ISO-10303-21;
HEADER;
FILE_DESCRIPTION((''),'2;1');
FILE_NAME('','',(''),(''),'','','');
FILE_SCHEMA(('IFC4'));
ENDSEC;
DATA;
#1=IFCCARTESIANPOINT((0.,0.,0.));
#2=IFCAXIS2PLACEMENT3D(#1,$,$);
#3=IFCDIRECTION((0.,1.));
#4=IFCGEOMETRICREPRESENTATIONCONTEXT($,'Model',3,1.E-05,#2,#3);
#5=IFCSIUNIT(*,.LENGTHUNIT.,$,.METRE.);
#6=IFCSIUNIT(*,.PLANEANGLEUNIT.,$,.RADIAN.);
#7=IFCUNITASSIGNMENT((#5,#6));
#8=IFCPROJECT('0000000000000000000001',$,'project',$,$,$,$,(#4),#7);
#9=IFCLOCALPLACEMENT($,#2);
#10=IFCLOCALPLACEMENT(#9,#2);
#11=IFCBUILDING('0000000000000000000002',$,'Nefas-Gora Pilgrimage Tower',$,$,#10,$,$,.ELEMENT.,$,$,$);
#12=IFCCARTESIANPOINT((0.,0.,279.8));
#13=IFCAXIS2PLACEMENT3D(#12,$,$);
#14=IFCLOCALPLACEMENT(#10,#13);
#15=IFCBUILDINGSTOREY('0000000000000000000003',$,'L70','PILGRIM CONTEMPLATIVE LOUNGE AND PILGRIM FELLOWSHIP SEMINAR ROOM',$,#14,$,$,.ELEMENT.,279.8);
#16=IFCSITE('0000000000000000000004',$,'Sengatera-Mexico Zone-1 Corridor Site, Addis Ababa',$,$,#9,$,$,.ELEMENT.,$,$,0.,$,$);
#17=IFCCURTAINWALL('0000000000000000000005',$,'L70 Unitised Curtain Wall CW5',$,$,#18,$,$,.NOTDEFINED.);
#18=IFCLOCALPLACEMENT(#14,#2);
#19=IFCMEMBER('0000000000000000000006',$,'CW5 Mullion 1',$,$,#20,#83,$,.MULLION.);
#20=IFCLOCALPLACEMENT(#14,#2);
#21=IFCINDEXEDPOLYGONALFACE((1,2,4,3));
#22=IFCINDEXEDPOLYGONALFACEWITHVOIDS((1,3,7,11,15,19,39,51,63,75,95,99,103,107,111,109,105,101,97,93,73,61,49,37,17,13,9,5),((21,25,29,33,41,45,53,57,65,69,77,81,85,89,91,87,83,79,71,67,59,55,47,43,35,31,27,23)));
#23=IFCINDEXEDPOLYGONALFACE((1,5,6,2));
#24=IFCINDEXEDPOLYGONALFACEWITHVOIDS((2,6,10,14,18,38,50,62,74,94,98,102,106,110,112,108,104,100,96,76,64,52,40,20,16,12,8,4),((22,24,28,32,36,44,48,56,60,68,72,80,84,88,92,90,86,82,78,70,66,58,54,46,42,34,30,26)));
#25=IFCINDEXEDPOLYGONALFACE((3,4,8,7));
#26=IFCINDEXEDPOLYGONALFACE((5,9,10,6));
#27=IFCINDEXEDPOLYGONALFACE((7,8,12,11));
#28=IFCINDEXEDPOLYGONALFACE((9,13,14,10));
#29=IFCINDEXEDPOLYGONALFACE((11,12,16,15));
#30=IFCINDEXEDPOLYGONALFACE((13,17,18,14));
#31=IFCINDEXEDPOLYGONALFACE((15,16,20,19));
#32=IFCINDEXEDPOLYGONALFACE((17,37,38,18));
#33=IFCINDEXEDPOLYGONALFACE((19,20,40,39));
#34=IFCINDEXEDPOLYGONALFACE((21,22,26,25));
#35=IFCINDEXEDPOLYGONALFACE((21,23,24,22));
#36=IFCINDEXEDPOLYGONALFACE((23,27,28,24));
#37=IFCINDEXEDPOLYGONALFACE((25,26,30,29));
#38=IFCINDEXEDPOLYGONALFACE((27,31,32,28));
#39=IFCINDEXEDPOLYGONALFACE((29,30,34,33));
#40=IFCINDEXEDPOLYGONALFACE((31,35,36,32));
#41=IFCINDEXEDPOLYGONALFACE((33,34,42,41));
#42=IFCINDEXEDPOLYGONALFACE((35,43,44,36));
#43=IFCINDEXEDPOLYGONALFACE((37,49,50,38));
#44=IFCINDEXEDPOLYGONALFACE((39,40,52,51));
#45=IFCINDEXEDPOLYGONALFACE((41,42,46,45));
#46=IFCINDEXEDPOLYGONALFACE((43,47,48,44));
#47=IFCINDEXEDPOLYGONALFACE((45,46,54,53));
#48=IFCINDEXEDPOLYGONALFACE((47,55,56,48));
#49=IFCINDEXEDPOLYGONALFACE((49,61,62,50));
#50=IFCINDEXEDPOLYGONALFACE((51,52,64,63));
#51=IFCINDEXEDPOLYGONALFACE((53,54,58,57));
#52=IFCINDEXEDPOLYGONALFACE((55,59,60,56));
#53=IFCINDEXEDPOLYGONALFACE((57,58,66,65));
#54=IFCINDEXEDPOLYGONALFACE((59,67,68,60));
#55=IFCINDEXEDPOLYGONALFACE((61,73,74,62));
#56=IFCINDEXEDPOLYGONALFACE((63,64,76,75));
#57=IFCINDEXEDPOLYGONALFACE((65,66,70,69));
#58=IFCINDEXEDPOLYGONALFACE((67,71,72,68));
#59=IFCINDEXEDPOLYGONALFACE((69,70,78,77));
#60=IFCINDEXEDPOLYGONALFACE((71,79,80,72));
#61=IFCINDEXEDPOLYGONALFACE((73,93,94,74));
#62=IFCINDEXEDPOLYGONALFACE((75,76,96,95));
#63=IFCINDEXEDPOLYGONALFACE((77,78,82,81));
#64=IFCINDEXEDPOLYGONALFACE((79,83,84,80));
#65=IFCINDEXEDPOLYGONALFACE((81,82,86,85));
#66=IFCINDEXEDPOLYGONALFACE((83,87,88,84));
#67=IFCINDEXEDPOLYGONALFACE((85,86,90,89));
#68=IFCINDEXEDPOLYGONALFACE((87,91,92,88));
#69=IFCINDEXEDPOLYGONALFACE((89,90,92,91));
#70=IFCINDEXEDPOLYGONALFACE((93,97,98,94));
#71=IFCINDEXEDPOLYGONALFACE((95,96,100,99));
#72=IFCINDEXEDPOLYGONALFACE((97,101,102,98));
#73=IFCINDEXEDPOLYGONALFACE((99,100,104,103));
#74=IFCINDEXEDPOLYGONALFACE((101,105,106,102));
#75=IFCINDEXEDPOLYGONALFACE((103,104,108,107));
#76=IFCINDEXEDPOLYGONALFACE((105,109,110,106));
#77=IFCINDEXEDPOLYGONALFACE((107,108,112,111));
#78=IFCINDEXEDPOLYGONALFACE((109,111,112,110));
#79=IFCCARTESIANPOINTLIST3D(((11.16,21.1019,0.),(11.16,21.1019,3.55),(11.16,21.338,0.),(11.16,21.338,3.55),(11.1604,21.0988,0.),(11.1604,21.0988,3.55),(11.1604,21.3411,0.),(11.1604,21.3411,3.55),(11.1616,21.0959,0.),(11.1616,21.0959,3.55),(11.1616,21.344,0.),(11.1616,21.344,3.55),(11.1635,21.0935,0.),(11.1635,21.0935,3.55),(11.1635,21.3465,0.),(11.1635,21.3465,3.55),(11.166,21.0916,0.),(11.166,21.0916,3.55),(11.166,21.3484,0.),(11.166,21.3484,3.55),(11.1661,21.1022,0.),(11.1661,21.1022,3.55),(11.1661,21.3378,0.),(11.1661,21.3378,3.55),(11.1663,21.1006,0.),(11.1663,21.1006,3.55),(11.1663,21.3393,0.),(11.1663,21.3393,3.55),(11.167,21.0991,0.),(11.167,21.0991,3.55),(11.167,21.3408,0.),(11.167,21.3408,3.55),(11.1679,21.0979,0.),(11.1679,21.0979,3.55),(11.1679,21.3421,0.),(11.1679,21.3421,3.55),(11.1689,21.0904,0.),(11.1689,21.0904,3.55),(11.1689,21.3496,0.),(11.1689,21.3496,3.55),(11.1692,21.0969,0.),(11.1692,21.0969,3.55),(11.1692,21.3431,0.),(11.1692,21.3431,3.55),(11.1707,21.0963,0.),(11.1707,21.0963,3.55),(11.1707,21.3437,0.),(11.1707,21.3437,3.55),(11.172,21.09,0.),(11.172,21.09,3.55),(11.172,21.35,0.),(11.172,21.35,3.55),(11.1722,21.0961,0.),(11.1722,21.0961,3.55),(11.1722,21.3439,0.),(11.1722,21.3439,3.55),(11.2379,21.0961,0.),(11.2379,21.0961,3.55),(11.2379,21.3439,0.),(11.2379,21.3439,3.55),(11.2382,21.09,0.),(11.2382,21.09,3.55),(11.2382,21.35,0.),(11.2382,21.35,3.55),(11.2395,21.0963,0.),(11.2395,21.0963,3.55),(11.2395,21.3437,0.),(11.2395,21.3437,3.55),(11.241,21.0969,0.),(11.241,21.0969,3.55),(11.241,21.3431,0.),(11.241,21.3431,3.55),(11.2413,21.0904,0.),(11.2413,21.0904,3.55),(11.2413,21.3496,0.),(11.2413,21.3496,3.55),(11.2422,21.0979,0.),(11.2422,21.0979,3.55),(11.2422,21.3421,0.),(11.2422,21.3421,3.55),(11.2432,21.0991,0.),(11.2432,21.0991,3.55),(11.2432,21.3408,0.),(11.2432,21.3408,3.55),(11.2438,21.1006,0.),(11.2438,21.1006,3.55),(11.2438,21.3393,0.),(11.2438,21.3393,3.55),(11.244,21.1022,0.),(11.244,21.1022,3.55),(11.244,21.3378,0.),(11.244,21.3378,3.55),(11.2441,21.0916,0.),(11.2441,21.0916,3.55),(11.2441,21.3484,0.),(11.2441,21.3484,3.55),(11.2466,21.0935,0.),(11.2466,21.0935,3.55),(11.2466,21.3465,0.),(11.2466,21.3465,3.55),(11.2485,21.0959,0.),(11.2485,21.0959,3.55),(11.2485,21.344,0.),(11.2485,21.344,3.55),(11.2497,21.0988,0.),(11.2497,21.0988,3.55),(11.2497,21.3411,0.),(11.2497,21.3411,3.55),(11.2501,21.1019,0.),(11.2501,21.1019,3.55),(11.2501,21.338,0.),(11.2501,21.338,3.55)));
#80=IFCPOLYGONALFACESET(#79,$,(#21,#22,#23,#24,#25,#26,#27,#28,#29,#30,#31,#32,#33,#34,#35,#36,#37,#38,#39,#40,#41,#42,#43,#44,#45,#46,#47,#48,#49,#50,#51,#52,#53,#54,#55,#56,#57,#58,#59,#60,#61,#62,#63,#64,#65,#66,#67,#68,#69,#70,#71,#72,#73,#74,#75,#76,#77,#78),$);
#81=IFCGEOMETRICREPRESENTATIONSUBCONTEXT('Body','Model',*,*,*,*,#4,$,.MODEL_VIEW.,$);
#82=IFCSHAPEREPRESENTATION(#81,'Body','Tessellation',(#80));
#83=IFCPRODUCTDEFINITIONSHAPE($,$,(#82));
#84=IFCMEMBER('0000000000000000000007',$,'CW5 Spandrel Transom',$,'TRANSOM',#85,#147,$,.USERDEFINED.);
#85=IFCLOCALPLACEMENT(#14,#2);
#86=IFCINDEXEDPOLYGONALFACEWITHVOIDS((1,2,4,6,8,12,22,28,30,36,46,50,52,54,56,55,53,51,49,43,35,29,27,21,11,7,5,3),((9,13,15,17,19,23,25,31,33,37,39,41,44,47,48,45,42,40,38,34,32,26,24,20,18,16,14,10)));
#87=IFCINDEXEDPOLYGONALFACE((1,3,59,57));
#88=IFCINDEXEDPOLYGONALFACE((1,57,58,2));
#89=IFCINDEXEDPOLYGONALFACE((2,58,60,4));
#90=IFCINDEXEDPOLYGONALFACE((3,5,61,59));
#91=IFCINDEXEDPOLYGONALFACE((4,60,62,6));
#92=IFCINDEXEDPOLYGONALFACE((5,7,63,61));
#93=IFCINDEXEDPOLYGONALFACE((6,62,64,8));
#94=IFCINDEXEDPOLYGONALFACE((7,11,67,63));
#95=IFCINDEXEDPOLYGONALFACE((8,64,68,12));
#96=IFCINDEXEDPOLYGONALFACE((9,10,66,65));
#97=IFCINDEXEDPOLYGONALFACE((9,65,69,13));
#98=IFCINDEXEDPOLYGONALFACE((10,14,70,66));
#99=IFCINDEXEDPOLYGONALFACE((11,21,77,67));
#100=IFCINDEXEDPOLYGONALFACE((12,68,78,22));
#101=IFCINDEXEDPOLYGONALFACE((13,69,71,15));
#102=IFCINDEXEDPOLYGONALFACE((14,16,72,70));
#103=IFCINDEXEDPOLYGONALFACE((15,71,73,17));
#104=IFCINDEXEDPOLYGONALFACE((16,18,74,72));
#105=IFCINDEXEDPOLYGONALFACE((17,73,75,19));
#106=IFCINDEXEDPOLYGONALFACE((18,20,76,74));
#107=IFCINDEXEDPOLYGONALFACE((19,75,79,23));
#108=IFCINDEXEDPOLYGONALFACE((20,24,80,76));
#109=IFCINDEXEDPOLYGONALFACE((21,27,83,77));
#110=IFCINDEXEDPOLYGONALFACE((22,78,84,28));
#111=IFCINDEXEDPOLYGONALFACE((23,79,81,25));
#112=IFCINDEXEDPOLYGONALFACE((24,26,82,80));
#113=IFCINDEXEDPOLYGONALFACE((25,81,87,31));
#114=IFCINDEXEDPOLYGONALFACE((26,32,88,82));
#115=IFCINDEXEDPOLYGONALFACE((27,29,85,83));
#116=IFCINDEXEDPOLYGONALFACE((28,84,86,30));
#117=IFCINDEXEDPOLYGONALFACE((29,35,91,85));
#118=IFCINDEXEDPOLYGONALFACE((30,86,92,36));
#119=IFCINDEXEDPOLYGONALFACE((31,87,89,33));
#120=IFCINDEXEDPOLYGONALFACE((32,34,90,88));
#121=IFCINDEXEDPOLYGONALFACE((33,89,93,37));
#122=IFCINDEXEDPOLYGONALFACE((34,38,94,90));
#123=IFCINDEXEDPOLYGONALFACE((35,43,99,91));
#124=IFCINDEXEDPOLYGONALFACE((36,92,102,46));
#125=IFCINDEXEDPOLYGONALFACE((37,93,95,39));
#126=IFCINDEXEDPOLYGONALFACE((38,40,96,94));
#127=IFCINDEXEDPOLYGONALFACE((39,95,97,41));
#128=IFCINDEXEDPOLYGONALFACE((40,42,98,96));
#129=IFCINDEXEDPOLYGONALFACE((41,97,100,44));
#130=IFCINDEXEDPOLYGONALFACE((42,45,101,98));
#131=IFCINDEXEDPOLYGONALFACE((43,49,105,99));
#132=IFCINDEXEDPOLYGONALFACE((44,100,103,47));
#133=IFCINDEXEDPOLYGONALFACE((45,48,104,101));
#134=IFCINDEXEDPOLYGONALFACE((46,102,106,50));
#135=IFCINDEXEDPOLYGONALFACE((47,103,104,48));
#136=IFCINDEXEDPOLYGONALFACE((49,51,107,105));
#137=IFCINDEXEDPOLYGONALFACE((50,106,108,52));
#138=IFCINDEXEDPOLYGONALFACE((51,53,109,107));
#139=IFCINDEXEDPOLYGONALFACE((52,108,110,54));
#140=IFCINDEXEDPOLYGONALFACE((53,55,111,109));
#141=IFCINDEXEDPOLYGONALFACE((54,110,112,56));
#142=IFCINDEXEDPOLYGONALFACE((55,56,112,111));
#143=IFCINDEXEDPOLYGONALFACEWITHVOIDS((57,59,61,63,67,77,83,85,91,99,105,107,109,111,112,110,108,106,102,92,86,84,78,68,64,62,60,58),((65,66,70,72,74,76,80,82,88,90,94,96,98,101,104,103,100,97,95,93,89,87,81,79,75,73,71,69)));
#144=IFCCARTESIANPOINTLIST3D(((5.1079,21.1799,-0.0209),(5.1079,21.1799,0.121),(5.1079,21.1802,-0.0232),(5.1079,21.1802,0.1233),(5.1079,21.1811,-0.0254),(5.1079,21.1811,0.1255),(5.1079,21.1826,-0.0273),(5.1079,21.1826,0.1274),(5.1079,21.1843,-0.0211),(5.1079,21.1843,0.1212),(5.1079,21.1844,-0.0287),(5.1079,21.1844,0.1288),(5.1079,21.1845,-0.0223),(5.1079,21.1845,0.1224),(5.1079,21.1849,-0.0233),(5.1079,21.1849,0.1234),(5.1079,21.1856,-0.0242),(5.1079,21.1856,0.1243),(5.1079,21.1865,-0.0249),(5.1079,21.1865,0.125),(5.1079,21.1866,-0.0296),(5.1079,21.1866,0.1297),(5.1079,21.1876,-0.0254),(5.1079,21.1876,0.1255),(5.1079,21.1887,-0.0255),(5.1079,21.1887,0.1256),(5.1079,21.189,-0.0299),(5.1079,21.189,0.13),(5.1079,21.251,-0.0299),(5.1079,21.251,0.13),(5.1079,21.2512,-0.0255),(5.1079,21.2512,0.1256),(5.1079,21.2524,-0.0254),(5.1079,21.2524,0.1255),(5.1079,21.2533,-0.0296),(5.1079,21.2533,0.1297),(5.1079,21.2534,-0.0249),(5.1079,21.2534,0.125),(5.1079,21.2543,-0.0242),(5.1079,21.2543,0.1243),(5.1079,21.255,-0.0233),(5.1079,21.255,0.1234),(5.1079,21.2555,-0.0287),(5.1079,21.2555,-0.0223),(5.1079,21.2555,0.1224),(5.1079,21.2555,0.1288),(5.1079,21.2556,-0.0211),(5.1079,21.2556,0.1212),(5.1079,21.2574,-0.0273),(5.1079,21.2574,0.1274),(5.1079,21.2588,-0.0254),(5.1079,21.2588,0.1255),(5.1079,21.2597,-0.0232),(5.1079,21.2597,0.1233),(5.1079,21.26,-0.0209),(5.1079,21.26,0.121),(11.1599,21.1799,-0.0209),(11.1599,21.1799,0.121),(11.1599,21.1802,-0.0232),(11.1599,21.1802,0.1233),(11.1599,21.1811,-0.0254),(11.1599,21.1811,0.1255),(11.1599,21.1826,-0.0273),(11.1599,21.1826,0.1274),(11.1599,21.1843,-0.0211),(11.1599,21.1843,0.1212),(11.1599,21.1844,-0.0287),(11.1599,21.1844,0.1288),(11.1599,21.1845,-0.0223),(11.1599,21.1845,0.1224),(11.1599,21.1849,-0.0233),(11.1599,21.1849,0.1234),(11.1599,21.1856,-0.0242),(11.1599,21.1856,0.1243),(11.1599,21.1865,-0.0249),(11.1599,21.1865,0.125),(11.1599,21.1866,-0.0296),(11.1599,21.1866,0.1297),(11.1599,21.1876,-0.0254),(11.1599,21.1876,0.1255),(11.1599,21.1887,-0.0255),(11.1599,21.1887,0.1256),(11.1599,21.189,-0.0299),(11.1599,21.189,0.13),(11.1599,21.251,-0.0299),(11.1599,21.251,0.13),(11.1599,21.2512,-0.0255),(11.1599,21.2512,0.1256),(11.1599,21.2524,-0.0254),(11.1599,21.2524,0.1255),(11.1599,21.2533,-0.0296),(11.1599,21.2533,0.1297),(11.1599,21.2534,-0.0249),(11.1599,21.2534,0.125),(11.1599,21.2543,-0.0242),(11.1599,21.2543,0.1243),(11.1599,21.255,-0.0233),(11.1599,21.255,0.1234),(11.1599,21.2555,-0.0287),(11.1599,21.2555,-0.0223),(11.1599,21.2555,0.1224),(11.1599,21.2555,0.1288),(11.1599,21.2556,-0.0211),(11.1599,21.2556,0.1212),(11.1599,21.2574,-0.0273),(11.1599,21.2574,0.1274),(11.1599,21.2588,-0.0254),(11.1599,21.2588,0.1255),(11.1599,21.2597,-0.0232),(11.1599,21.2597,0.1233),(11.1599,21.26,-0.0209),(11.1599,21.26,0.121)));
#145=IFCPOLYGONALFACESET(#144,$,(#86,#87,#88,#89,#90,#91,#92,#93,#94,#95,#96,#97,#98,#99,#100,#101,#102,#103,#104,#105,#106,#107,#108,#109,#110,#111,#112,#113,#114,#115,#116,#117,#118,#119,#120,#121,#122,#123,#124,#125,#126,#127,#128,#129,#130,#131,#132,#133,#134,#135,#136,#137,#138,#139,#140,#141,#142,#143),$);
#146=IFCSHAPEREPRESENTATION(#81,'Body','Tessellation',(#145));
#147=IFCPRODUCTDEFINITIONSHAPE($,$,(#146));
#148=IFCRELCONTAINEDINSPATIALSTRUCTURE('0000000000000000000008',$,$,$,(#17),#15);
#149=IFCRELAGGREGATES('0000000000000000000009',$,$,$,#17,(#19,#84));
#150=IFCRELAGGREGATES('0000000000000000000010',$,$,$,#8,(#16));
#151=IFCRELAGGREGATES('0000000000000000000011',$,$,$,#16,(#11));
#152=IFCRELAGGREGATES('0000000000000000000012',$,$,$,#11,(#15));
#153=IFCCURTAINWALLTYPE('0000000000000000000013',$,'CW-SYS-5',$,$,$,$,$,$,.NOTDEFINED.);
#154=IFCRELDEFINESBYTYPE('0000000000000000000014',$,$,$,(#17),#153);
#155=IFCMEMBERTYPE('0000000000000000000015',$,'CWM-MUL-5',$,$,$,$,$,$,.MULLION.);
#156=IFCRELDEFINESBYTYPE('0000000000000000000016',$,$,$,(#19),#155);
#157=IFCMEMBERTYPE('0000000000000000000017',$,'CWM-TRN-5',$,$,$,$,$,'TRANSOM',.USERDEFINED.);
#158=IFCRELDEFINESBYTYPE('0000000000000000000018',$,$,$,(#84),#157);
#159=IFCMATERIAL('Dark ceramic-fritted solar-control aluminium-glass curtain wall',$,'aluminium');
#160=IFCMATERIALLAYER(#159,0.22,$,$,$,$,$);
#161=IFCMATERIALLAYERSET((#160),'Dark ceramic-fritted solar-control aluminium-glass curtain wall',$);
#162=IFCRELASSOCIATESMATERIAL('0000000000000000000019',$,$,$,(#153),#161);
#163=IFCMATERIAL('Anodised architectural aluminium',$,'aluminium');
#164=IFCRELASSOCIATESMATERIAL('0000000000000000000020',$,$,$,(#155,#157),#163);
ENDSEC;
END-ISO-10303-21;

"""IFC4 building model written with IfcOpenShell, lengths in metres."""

from ifc_helpers import new_model, si_unit, direction, frame, origin, origin_2d, place, context, subcontext, project, spatial, hollow_rectangle, extrude, source, transform, mapped, material, layer, layer_set, material_profile, profile_set, type_object, element, aggregate, save


model = new_model("IFC4")

# Units and contexts
model_context = context("Model", 3, precision=1e-05, world=origin(), true_north=direction((0.0, 1.0)))
body_context = subcontext(model_context, "Body", "Model", "MODEL_VIEW")
ifc_project = project(units=[si_unit("LENGTHUNIT", "METRE"), si_unit("PLANEANGLEUNIT", "RADIAN")], contexts=[model_context])

# Site, building, storey
site_placement = place(None, origin())
site = spatial("IfcSite", under=ifc_project, at=site_placement, Name="Sengatera-Mexico Zone-1 Corridor Site, Addis Ababa", CompositionType="ELEMENT", RefElevation=0.0)
building_placement = place(site_placement, origin())
building = spatial("IfcBuilding", under=site, at=building_placement, Name="Nefas-Gora Pilgrimage Tower", CompositionType="ELEMENT")
storey_placement = place(building_placement, frame((0.0, 0.0, 279.8)))
storey = spatial("IfcBuildingStorey", under=building, at=storey_placement, Name="L70", Description="PILGRIM CONTEMPLATIVE LOUNGE AND PILGRIM FELLOWSHIP SEMINAR ROOM", CompositionType="ELEMENT", Elevation=279.8)

# Curtain wall, members
ifc_material_1 = material(Name="Dark ceramic-fritted solar-control aluminium-glass curtain wall", Category="aluminium")
ifc_layer_1 = layer(ifc_material_1, 0.22)
ifc_layer_set_1 = layer_set([ifc_layer_1], Name="Dark ceramic-fritted solar-control aluminium-glass curtain wall")
curtain_wall_type_1 = type_object("IfcCurtainWallType", Name="CW-SYS-5", PredefinedType="NOTDEFINED", material=ifc_layer_set_1)
curtain_wall_1_placement = place(storey_placement, origin())
curtain_wall_1 = element("IfcCurtainWall", 1, at=curtain_wall_1_placement, inside=storey, type_object=curtain_wall_type_1, Name="L70 Unitised Curtain Wall CW5", PredefinedType="NOTDEFINED")
ifc_material_2 = material(Name="Anodised architectural aluminium", Category="aluminium")
ifc_material_profile_1 = material_profile(ifc_material_2, hollow_rectangle(XDim=0.0901, YDim=0.26, WallThickness=0.0061, InnerFilletRadius=0.0061, OuterFilletRadius=0.012, at=origin_2d()), Name="ALU MULLION 90x260")
ifc_profile_set_1 = profile_set([ifc_material_profile_1], Name="Anodised architectural aluminium")
member_type_1 = type_object("IfcMemberType", Name="CWM-MUL-5", PredefinedType="MULLION", material=ifc_profile_set_1)
shared_shape_1 = source(origin(), body_context, "Body", "SweptSolid", [
    extrude(hollow_rectangle(XDim=0.0901, YDim=0.26, WallThickness=0.0061, InnerFilletRadius=0.0061, OuterFilletRadius=0.012, at=origin_2d()), origin(), (0.0, 0.0, 1.0), 3.55),
])
member_1_placement = place(storey_placement, frame((11.2051, 21.22, 0.0), z_axis=(0.0, 0.0, 1.0), x_axis=(-1.0, 0.0, 0.0)))
member_1 = element("IfcMember", 2, at=member_1_placement, type_object=member_type_1, Name="CW5 Mullion 1", PredefinedType="MULLION", context=body_context, shape_type="MappedRepresentation", body=[
    mapped(shared_shape_1, transform((0.0, 0.0, 0.0), x_axis=(1.0, 0.0, 0.0), y_axis=(0.0, 1.0, 0.0), z_axis=(0.0, 0.0, 1.0), scale=1.0)),
])
ifc_material_profile_2 = material_profile(ifc_material_2, hollow_rectangle(XDim=0.0801, YDim=0.1599, WallThickness=0.0044, InnerFilletRadius=0.0044, OuterFilletRadius=0.009, at=origin_2d()), Name="ALU TRANSOM 80x160")
ifc_profile_set_2 = profile_set([ifc_material_profile_2], Name="Anodised architectural aluminium")
member_type_2 = type_object("IfcMemberType", Name="CWM-TRN-5", ElementType="TRANSOM", PredefinedType="USERDEFINED", material=ifc_profile_set_2)
shared_shape_2 = source(origin(), body_context, "Body", "SweptSolid", [
    extrude(hollow_rectangle(XDim=0.0801, YDim=0.1599, WallThickness=0.0044, InnerFilletRadius=0.0044, OuterFilletRadius=0.009, at=origin_2d()), origin(), (0.0, 0.0, 1.0), 6.052),
])
member_2_placement = place(storey_placement, frame((11.1599, 21.22, 0.05), z_axis=(-1.0, 0.0, 0.0), x_axis=(0.0, -1.0, 0.0)))
member_2 = element("IfcMember", 3, at=member_2_placement, type_object=member_type_2, Name="CW5 Spandrel Transom", ObjectType="TRANSOM", PredefinedType="USERDEFINED", context=body_context, shape_type="MappedRepresentation", body=[
    mapped(shared_shape_2, transform((0.0, 0.0, 0.0), x_axis=(1.0, 0.0, 0.0), y_axis=(0.0, 1.0, 0.0), z_axis=(0.0, 0.0, 1.0), scale=1.0)),
])

aggregate(curtain_wall_1, [member_1, member_2])

save(model, "model.ifc")
